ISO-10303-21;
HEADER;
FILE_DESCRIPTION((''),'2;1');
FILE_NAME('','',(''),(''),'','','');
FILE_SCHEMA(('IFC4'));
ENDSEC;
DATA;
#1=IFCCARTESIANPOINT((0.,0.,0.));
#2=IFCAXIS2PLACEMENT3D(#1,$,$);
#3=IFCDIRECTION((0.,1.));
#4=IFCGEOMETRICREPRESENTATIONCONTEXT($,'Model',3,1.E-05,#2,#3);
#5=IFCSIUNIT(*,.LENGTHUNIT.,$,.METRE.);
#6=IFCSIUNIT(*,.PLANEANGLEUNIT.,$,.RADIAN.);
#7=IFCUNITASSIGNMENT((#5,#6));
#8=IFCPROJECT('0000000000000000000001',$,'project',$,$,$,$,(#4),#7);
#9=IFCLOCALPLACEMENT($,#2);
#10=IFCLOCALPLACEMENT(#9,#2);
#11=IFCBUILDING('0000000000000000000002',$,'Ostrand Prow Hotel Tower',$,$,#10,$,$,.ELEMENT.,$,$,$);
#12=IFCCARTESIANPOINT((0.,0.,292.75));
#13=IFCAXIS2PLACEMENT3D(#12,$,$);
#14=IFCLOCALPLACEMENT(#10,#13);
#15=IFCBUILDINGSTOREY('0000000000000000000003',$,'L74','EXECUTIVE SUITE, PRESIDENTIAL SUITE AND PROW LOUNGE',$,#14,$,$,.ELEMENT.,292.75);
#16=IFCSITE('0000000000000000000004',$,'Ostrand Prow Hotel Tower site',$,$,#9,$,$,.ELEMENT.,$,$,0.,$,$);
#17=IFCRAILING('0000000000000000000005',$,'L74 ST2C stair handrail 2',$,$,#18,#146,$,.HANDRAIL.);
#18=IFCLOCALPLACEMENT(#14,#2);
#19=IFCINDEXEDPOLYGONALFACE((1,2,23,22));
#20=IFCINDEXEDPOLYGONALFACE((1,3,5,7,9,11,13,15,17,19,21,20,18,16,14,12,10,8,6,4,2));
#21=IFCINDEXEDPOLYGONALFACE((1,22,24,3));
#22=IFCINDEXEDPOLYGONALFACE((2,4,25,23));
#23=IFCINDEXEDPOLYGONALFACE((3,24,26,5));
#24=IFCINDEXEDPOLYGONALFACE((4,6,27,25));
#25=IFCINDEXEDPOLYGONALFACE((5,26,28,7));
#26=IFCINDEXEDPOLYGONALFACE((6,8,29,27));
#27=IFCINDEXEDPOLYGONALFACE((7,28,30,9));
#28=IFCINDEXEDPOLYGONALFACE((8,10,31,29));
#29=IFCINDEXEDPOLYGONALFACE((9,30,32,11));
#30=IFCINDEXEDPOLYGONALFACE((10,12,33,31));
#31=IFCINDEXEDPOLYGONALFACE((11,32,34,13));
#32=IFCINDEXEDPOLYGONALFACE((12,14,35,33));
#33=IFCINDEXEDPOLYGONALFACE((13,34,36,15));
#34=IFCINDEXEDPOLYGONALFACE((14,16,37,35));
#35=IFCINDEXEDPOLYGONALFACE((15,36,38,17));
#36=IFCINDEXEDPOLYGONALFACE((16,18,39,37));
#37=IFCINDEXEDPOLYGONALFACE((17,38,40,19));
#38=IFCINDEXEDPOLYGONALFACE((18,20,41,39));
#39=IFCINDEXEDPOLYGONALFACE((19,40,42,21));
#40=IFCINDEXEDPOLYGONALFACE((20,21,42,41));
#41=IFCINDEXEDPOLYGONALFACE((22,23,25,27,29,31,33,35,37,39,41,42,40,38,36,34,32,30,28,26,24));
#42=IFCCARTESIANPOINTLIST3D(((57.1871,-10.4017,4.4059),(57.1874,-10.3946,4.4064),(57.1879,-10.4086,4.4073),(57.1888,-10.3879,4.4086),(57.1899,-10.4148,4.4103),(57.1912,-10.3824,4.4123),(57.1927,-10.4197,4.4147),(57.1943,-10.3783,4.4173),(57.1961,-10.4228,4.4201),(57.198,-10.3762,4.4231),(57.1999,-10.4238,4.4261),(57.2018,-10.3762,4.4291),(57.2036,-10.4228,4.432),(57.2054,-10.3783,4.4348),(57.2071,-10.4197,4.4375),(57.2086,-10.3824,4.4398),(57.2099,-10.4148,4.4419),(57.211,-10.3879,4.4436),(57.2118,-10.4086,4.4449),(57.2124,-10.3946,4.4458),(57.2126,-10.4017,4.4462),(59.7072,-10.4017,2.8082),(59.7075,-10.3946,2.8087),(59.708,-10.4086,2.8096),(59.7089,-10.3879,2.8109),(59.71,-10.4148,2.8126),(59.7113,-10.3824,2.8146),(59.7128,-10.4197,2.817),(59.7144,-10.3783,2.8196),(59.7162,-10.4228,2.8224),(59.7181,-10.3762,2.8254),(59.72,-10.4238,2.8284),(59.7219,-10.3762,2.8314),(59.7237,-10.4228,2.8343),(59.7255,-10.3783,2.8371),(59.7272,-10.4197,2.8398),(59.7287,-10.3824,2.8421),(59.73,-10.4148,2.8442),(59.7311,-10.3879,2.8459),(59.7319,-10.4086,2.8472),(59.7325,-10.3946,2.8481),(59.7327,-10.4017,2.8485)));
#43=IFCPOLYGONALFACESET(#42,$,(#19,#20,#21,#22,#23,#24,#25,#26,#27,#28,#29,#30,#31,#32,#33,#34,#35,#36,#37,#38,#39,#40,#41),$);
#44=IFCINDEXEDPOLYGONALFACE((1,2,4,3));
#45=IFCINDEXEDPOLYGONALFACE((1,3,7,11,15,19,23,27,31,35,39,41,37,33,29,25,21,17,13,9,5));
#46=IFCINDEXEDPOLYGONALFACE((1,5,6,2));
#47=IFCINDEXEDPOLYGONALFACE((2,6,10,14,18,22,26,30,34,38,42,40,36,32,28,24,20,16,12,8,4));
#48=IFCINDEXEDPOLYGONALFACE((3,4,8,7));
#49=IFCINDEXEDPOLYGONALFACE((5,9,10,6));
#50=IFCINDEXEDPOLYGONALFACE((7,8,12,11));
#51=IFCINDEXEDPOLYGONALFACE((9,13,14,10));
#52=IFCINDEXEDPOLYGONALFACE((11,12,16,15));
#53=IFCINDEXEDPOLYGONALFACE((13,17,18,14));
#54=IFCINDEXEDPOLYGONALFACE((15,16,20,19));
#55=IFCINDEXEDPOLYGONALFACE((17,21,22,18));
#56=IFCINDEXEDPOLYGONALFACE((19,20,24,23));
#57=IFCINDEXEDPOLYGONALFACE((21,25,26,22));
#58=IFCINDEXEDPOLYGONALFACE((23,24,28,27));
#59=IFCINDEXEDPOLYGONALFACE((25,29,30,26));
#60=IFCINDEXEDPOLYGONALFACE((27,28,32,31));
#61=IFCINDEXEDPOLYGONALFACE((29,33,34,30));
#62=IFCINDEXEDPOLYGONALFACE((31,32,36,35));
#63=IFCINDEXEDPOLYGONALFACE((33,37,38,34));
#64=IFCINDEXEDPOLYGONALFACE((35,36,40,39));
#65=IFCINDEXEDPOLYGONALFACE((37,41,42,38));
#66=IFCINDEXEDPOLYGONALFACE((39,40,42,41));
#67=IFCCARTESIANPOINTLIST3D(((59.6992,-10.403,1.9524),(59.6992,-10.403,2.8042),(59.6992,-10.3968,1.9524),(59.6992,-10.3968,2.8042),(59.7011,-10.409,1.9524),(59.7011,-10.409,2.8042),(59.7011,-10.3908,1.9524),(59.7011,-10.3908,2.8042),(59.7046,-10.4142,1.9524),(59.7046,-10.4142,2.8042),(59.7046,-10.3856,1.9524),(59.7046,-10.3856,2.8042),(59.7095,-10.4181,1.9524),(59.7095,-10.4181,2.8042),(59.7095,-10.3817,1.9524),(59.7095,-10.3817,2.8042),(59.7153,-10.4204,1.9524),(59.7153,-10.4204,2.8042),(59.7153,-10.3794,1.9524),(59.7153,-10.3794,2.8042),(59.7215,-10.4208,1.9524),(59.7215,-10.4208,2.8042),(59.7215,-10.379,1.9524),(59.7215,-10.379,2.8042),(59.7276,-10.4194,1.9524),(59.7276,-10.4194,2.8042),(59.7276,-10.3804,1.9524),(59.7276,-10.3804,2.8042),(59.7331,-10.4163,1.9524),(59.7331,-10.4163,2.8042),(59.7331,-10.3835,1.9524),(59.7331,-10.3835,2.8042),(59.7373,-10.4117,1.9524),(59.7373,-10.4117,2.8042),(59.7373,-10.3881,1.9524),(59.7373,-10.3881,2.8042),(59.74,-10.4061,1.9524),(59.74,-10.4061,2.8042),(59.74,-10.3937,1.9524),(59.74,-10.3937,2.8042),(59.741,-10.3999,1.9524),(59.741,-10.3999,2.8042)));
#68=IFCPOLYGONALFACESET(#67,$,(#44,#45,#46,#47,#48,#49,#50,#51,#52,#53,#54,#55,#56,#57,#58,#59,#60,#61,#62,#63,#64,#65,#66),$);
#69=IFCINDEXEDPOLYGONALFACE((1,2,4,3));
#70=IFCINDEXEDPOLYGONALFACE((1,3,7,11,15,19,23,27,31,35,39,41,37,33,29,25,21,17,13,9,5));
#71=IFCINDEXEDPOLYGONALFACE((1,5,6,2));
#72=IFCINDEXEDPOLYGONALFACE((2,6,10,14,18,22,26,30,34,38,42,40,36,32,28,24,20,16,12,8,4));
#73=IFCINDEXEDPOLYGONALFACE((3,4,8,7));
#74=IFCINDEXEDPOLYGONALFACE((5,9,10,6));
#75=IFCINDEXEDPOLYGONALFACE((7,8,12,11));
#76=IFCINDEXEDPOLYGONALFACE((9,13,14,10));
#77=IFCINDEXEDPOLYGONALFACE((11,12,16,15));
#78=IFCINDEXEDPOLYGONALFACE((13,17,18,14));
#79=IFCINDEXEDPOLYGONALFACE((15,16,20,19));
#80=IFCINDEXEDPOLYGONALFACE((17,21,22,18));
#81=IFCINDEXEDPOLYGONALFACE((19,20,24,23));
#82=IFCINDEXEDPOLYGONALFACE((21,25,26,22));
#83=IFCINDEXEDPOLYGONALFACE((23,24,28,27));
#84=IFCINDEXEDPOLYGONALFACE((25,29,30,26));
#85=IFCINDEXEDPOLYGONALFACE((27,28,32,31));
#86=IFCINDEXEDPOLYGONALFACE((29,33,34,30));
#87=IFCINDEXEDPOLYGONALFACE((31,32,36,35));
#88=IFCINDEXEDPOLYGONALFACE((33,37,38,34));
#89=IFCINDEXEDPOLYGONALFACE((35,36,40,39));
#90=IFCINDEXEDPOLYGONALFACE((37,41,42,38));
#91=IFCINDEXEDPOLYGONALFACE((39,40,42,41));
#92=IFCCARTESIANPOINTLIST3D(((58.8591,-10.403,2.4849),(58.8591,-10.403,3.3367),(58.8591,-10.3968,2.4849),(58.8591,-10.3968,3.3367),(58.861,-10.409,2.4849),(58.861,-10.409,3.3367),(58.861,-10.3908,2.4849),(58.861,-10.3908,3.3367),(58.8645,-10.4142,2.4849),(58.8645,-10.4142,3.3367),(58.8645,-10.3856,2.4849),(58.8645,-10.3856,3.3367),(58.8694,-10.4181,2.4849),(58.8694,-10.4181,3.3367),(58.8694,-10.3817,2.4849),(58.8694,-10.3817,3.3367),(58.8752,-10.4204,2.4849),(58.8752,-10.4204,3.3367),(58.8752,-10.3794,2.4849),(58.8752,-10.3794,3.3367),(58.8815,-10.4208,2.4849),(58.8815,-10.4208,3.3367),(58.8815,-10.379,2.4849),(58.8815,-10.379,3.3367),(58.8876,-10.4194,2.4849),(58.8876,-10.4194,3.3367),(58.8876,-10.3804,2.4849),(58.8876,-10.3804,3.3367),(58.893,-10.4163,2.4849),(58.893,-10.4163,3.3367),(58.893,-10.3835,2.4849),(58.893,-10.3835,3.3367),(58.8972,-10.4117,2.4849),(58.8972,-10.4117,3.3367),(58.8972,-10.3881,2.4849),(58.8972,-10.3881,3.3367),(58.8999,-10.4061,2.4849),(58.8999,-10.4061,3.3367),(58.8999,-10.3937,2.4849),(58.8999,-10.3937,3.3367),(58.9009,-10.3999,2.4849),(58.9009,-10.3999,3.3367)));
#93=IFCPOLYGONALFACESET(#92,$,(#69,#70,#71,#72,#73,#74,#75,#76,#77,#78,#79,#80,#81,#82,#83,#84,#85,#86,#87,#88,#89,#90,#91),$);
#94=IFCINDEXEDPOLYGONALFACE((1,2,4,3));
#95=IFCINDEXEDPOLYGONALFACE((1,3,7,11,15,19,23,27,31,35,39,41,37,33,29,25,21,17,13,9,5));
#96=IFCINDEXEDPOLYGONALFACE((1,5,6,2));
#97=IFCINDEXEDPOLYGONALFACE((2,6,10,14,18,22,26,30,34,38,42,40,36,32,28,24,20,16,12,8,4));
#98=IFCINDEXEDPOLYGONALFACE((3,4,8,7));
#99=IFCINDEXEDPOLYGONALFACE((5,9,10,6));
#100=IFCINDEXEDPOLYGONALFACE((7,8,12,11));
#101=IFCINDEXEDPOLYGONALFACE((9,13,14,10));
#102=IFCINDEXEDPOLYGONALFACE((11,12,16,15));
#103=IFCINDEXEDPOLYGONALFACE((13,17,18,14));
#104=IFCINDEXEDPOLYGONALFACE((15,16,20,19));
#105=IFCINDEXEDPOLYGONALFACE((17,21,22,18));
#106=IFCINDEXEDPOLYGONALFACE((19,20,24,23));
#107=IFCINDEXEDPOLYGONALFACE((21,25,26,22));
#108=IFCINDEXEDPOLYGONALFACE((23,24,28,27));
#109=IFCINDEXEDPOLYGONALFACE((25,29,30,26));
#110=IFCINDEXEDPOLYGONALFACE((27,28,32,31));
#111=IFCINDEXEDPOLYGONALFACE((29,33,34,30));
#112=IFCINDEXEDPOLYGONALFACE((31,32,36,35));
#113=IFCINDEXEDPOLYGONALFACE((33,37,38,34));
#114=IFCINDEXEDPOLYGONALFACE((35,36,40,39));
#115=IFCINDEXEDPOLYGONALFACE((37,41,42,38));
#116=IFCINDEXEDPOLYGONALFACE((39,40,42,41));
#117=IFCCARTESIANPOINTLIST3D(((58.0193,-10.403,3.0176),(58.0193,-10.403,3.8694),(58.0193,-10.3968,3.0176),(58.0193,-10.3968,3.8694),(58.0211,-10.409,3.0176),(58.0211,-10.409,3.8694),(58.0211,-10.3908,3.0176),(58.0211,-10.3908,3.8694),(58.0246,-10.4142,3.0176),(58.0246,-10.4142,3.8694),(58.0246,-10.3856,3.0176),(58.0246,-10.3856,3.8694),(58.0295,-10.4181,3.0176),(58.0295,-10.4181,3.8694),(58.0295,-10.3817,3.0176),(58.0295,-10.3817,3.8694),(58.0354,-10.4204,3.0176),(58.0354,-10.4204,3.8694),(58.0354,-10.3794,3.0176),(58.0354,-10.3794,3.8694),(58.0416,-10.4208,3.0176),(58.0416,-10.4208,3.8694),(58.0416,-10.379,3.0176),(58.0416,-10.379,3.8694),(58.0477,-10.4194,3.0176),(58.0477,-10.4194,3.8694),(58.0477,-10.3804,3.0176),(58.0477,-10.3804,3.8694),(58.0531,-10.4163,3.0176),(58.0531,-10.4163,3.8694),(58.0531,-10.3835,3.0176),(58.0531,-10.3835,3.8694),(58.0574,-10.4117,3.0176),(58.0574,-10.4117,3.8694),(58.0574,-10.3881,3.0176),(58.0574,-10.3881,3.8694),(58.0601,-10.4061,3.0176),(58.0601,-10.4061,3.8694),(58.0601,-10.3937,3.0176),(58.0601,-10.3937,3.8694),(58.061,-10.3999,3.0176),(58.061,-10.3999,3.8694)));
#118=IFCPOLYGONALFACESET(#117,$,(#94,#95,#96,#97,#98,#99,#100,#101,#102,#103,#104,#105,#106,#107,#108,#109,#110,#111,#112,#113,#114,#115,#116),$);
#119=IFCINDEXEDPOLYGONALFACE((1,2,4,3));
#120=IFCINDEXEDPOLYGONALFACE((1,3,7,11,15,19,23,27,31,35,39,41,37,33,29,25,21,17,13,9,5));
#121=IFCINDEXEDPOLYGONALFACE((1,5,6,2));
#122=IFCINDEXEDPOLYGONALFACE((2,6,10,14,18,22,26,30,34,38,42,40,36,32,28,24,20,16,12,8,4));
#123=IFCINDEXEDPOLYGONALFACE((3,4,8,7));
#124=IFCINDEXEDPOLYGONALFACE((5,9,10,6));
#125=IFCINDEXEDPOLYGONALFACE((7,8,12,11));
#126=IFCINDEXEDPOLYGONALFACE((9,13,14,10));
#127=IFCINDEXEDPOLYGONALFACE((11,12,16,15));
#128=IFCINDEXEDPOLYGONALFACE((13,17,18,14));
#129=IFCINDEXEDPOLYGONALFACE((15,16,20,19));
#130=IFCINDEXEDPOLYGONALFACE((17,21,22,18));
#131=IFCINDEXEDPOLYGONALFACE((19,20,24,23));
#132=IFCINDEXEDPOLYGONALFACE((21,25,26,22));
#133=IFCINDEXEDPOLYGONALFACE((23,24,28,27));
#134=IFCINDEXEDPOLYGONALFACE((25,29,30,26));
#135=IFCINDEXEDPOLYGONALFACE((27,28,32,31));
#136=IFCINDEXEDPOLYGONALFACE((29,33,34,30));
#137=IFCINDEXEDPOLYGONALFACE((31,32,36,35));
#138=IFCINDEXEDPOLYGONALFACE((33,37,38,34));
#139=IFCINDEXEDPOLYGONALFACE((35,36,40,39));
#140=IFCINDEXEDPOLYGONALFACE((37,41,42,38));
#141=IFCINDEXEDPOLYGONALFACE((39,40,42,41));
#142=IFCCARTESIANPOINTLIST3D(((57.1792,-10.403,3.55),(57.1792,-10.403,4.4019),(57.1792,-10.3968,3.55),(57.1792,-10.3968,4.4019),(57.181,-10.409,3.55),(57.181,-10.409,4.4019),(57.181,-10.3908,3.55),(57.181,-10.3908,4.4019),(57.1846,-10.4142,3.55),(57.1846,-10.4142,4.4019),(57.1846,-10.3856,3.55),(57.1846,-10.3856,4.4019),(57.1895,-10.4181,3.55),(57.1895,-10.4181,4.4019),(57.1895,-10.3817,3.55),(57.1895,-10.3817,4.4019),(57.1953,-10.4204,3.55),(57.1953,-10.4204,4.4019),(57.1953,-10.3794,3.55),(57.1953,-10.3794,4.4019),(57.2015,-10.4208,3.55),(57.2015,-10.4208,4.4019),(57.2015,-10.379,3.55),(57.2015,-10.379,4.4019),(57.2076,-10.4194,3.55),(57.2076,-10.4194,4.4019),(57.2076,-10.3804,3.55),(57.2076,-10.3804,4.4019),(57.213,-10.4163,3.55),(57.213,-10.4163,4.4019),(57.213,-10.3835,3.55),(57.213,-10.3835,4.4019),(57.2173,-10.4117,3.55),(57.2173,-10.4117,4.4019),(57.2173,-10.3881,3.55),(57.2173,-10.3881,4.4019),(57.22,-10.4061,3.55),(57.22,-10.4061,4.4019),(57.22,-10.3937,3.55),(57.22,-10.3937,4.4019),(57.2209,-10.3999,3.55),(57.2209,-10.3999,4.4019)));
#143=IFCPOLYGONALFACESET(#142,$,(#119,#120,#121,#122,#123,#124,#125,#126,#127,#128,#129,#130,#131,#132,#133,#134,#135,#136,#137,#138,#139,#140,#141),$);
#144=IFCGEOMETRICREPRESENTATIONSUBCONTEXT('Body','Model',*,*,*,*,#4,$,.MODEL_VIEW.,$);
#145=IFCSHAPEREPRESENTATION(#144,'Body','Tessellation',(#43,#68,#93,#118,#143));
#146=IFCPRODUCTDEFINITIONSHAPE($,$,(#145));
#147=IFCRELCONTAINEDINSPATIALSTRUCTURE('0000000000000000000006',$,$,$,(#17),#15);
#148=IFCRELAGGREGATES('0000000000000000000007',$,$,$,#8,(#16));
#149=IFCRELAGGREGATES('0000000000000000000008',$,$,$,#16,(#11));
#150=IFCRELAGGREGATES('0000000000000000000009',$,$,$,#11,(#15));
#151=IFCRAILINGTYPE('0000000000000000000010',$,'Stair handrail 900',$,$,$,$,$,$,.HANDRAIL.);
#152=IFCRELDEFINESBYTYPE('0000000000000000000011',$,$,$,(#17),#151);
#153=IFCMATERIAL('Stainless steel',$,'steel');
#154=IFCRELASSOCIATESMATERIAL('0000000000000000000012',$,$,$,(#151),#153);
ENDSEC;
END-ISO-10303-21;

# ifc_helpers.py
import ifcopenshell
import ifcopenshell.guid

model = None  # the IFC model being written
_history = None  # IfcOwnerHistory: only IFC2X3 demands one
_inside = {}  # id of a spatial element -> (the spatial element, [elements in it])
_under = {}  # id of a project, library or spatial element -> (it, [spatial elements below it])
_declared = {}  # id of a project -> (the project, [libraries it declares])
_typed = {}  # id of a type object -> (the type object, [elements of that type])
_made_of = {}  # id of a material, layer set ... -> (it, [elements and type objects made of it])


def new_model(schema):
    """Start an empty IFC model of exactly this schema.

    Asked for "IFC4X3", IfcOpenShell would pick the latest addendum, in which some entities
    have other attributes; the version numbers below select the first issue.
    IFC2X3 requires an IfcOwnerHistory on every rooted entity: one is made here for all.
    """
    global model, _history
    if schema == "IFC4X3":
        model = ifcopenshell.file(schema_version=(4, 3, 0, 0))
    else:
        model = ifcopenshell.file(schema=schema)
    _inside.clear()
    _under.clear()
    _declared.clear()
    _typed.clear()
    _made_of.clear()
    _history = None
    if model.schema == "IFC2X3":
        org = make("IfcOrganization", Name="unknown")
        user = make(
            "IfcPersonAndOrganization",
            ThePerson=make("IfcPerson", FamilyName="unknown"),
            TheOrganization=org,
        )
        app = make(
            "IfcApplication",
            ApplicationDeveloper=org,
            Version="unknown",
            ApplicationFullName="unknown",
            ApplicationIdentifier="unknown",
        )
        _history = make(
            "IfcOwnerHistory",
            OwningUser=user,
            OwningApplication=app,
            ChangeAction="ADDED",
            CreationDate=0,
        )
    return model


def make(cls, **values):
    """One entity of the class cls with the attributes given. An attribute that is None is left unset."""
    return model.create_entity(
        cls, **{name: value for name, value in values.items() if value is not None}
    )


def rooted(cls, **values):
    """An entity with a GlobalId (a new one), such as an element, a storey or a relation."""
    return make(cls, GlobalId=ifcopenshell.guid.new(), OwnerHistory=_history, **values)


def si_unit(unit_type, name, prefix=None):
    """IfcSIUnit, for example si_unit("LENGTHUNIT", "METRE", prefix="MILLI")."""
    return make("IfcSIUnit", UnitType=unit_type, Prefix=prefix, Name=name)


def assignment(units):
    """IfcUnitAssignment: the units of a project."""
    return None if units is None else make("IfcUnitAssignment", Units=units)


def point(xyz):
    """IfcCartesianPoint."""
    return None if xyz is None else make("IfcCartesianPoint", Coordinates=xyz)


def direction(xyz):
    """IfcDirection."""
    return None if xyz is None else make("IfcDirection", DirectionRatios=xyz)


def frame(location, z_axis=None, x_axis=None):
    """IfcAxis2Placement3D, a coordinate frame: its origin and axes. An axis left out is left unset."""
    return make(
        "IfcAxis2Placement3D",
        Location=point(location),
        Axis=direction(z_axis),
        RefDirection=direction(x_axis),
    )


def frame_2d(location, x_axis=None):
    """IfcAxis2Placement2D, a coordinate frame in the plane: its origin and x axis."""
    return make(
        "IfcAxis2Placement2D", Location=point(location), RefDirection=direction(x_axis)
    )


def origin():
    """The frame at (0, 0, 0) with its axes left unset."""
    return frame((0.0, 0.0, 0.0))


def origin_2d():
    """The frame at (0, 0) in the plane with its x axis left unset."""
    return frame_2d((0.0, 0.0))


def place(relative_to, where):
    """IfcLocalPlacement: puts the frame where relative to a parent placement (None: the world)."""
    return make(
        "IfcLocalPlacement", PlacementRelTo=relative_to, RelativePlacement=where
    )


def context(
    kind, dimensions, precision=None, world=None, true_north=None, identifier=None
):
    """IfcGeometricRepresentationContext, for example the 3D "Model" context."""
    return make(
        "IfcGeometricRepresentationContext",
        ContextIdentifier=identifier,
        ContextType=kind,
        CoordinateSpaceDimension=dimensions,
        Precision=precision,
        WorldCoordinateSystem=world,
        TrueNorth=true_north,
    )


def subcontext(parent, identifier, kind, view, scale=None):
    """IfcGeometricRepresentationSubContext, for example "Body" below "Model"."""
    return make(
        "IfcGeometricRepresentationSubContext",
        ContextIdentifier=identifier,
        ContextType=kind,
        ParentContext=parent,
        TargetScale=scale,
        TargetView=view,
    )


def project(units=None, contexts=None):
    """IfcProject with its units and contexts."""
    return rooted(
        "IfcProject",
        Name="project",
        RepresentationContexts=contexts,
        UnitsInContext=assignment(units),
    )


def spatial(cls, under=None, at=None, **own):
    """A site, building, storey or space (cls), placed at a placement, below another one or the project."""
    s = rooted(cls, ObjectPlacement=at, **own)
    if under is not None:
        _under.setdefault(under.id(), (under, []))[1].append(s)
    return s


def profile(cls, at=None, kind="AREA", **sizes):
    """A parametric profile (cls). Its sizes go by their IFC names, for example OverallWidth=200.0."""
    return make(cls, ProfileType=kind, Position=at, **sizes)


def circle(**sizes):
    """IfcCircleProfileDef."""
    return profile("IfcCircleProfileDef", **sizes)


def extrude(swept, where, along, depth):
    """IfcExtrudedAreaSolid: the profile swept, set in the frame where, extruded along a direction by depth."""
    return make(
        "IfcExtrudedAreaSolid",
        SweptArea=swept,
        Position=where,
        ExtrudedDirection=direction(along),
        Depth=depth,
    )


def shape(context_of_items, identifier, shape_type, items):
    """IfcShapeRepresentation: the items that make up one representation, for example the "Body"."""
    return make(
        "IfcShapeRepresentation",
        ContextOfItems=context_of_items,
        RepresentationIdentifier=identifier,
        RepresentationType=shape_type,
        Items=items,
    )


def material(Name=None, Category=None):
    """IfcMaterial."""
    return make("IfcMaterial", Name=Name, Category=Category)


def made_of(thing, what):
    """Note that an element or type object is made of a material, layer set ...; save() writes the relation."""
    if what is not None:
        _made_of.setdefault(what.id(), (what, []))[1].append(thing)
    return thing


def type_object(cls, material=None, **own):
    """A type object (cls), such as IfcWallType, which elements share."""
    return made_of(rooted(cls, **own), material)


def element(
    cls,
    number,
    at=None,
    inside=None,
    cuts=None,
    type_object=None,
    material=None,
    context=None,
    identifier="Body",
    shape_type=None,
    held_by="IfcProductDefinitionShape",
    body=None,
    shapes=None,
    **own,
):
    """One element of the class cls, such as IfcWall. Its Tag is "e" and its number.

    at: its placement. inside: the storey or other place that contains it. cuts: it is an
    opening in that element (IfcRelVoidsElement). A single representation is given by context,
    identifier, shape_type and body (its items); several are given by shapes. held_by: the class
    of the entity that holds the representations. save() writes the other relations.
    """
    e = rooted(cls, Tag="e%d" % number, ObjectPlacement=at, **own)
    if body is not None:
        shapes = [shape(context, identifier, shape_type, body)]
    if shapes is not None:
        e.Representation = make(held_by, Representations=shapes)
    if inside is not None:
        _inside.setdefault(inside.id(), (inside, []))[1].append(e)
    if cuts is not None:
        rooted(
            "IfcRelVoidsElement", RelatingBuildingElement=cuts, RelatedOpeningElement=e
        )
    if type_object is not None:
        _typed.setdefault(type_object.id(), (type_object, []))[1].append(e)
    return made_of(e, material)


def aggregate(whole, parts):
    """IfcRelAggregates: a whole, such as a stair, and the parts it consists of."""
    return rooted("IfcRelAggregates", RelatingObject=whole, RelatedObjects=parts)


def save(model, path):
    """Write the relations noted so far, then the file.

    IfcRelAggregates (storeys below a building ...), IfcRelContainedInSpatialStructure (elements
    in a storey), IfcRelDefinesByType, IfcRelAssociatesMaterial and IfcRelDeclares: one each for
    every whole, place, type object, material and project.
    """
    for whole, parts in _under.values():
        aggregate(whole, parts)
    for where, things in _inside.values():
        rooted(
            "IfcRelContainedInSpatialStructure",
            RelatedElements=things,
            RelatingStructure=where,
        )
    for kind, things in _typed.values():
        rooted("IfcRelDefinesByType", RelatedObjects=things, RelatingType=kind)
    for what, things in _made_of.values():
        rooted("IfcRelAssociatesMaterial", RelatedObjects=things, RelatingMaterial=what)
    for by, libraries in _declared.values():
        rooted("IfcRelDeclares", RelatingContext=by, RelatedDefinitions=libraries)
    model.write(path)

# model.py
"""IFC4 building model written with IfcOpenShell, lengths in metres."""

from ifc_helpers import new_model, si_unit, direction, frame, origin, origin_2d, place, context, subcontext, project, spatial, circle, extrude, material, type_object, element, save


model = new_model("IFC4")

# Units and contexts
model_context = context("Model", 3, precision=1e-05, world=origin(), true_north=direction((0.0, 1.0)))
body_context = subcontext(model_context, "Body", "Model", "MODEL_VIEW")
ifc_project = project(units=[si_unit("LENGTHUNIT", "METRE"), si_unit("PLANEANGLEUNIT", "RADIAN")], contexts=[model_context])

# Site, building, storey
site_placement = place(None, origin())
site = spatial("IfcSite", under=ifc_project, at=site_placement, Name="Ostrand Prow Hotel Tower site", CompositionType="ELEMENT", RefElevation=0.0)
building_placement = place(site_placement, origin())
building = spatial("IfcBuilding", under=site, at=building_placement, Name="Ostrand Prow Hotel Tower", CompositionType="ELEMENT")
storey_placement = place(building_placement, frame((0.0, 0.0, 292.75)))
storey = spatial("IfcBuildingStorey", under=building, at=storey_placement, Name="L74", Description="EXECUTIVE SUITE, PRESIDENTIAL SUITE AND PROW LOUNGE", CompositionType="ELEMENT", Elevation=292.75)

# Railing
ifc_material_1 = material(Name="Stainless steel", Category="steel")
railing_type_1 = type_object("IfcRailingType", Name="Stair handrail 900", PredefinedType="HANDRAIL", material=ifc_material_1)
railing_1_placement = place(storey_placement, frame((59.72, -10.3999, 1.9524)))
element("IfcRailing", 1, at=railing_1_placement, inside=storey, type_object=railing_type_1, Name="L74 ST2C stair handrail 2", PredefinedType="HANDRAIL", context=body_context, shape_type="SweptSolid", body=[
    extrude(circle(Radius=0.0239, at=origin_2d()), frame((0.0, 0.0, 0.876), z_axis=(-0.84457, 0.0, 0.535445), x_axis=(0.0, -1.0, 0.0)), (0.0, 0.0, 1.0), 2.9839),
    extrude(circle(Radius=0.021, at=origin_2d()), origin(), (0.0, 0.0, 1.0), 0.8518),
    extrude(circle(Radius=0.021, at=origin_2d()), frame((-0.8401, 0.0, 0.5325)), (0.0, 0.0, 1.0), 0.8518),
    extrude(circle(Radius=0.021, at=origin_2d()), frame((-1.6799, 0.0, 1.0652)), (0.0, 0.0, 1.0), 0.8518),
    extrude(circle(Radius=0.021, at=origin_2d()), frame((-2.52, 0.0, 1.5977)), (0.0, 0.0, 1.0), 0.8518),
])

save(model, "model.ifc")
